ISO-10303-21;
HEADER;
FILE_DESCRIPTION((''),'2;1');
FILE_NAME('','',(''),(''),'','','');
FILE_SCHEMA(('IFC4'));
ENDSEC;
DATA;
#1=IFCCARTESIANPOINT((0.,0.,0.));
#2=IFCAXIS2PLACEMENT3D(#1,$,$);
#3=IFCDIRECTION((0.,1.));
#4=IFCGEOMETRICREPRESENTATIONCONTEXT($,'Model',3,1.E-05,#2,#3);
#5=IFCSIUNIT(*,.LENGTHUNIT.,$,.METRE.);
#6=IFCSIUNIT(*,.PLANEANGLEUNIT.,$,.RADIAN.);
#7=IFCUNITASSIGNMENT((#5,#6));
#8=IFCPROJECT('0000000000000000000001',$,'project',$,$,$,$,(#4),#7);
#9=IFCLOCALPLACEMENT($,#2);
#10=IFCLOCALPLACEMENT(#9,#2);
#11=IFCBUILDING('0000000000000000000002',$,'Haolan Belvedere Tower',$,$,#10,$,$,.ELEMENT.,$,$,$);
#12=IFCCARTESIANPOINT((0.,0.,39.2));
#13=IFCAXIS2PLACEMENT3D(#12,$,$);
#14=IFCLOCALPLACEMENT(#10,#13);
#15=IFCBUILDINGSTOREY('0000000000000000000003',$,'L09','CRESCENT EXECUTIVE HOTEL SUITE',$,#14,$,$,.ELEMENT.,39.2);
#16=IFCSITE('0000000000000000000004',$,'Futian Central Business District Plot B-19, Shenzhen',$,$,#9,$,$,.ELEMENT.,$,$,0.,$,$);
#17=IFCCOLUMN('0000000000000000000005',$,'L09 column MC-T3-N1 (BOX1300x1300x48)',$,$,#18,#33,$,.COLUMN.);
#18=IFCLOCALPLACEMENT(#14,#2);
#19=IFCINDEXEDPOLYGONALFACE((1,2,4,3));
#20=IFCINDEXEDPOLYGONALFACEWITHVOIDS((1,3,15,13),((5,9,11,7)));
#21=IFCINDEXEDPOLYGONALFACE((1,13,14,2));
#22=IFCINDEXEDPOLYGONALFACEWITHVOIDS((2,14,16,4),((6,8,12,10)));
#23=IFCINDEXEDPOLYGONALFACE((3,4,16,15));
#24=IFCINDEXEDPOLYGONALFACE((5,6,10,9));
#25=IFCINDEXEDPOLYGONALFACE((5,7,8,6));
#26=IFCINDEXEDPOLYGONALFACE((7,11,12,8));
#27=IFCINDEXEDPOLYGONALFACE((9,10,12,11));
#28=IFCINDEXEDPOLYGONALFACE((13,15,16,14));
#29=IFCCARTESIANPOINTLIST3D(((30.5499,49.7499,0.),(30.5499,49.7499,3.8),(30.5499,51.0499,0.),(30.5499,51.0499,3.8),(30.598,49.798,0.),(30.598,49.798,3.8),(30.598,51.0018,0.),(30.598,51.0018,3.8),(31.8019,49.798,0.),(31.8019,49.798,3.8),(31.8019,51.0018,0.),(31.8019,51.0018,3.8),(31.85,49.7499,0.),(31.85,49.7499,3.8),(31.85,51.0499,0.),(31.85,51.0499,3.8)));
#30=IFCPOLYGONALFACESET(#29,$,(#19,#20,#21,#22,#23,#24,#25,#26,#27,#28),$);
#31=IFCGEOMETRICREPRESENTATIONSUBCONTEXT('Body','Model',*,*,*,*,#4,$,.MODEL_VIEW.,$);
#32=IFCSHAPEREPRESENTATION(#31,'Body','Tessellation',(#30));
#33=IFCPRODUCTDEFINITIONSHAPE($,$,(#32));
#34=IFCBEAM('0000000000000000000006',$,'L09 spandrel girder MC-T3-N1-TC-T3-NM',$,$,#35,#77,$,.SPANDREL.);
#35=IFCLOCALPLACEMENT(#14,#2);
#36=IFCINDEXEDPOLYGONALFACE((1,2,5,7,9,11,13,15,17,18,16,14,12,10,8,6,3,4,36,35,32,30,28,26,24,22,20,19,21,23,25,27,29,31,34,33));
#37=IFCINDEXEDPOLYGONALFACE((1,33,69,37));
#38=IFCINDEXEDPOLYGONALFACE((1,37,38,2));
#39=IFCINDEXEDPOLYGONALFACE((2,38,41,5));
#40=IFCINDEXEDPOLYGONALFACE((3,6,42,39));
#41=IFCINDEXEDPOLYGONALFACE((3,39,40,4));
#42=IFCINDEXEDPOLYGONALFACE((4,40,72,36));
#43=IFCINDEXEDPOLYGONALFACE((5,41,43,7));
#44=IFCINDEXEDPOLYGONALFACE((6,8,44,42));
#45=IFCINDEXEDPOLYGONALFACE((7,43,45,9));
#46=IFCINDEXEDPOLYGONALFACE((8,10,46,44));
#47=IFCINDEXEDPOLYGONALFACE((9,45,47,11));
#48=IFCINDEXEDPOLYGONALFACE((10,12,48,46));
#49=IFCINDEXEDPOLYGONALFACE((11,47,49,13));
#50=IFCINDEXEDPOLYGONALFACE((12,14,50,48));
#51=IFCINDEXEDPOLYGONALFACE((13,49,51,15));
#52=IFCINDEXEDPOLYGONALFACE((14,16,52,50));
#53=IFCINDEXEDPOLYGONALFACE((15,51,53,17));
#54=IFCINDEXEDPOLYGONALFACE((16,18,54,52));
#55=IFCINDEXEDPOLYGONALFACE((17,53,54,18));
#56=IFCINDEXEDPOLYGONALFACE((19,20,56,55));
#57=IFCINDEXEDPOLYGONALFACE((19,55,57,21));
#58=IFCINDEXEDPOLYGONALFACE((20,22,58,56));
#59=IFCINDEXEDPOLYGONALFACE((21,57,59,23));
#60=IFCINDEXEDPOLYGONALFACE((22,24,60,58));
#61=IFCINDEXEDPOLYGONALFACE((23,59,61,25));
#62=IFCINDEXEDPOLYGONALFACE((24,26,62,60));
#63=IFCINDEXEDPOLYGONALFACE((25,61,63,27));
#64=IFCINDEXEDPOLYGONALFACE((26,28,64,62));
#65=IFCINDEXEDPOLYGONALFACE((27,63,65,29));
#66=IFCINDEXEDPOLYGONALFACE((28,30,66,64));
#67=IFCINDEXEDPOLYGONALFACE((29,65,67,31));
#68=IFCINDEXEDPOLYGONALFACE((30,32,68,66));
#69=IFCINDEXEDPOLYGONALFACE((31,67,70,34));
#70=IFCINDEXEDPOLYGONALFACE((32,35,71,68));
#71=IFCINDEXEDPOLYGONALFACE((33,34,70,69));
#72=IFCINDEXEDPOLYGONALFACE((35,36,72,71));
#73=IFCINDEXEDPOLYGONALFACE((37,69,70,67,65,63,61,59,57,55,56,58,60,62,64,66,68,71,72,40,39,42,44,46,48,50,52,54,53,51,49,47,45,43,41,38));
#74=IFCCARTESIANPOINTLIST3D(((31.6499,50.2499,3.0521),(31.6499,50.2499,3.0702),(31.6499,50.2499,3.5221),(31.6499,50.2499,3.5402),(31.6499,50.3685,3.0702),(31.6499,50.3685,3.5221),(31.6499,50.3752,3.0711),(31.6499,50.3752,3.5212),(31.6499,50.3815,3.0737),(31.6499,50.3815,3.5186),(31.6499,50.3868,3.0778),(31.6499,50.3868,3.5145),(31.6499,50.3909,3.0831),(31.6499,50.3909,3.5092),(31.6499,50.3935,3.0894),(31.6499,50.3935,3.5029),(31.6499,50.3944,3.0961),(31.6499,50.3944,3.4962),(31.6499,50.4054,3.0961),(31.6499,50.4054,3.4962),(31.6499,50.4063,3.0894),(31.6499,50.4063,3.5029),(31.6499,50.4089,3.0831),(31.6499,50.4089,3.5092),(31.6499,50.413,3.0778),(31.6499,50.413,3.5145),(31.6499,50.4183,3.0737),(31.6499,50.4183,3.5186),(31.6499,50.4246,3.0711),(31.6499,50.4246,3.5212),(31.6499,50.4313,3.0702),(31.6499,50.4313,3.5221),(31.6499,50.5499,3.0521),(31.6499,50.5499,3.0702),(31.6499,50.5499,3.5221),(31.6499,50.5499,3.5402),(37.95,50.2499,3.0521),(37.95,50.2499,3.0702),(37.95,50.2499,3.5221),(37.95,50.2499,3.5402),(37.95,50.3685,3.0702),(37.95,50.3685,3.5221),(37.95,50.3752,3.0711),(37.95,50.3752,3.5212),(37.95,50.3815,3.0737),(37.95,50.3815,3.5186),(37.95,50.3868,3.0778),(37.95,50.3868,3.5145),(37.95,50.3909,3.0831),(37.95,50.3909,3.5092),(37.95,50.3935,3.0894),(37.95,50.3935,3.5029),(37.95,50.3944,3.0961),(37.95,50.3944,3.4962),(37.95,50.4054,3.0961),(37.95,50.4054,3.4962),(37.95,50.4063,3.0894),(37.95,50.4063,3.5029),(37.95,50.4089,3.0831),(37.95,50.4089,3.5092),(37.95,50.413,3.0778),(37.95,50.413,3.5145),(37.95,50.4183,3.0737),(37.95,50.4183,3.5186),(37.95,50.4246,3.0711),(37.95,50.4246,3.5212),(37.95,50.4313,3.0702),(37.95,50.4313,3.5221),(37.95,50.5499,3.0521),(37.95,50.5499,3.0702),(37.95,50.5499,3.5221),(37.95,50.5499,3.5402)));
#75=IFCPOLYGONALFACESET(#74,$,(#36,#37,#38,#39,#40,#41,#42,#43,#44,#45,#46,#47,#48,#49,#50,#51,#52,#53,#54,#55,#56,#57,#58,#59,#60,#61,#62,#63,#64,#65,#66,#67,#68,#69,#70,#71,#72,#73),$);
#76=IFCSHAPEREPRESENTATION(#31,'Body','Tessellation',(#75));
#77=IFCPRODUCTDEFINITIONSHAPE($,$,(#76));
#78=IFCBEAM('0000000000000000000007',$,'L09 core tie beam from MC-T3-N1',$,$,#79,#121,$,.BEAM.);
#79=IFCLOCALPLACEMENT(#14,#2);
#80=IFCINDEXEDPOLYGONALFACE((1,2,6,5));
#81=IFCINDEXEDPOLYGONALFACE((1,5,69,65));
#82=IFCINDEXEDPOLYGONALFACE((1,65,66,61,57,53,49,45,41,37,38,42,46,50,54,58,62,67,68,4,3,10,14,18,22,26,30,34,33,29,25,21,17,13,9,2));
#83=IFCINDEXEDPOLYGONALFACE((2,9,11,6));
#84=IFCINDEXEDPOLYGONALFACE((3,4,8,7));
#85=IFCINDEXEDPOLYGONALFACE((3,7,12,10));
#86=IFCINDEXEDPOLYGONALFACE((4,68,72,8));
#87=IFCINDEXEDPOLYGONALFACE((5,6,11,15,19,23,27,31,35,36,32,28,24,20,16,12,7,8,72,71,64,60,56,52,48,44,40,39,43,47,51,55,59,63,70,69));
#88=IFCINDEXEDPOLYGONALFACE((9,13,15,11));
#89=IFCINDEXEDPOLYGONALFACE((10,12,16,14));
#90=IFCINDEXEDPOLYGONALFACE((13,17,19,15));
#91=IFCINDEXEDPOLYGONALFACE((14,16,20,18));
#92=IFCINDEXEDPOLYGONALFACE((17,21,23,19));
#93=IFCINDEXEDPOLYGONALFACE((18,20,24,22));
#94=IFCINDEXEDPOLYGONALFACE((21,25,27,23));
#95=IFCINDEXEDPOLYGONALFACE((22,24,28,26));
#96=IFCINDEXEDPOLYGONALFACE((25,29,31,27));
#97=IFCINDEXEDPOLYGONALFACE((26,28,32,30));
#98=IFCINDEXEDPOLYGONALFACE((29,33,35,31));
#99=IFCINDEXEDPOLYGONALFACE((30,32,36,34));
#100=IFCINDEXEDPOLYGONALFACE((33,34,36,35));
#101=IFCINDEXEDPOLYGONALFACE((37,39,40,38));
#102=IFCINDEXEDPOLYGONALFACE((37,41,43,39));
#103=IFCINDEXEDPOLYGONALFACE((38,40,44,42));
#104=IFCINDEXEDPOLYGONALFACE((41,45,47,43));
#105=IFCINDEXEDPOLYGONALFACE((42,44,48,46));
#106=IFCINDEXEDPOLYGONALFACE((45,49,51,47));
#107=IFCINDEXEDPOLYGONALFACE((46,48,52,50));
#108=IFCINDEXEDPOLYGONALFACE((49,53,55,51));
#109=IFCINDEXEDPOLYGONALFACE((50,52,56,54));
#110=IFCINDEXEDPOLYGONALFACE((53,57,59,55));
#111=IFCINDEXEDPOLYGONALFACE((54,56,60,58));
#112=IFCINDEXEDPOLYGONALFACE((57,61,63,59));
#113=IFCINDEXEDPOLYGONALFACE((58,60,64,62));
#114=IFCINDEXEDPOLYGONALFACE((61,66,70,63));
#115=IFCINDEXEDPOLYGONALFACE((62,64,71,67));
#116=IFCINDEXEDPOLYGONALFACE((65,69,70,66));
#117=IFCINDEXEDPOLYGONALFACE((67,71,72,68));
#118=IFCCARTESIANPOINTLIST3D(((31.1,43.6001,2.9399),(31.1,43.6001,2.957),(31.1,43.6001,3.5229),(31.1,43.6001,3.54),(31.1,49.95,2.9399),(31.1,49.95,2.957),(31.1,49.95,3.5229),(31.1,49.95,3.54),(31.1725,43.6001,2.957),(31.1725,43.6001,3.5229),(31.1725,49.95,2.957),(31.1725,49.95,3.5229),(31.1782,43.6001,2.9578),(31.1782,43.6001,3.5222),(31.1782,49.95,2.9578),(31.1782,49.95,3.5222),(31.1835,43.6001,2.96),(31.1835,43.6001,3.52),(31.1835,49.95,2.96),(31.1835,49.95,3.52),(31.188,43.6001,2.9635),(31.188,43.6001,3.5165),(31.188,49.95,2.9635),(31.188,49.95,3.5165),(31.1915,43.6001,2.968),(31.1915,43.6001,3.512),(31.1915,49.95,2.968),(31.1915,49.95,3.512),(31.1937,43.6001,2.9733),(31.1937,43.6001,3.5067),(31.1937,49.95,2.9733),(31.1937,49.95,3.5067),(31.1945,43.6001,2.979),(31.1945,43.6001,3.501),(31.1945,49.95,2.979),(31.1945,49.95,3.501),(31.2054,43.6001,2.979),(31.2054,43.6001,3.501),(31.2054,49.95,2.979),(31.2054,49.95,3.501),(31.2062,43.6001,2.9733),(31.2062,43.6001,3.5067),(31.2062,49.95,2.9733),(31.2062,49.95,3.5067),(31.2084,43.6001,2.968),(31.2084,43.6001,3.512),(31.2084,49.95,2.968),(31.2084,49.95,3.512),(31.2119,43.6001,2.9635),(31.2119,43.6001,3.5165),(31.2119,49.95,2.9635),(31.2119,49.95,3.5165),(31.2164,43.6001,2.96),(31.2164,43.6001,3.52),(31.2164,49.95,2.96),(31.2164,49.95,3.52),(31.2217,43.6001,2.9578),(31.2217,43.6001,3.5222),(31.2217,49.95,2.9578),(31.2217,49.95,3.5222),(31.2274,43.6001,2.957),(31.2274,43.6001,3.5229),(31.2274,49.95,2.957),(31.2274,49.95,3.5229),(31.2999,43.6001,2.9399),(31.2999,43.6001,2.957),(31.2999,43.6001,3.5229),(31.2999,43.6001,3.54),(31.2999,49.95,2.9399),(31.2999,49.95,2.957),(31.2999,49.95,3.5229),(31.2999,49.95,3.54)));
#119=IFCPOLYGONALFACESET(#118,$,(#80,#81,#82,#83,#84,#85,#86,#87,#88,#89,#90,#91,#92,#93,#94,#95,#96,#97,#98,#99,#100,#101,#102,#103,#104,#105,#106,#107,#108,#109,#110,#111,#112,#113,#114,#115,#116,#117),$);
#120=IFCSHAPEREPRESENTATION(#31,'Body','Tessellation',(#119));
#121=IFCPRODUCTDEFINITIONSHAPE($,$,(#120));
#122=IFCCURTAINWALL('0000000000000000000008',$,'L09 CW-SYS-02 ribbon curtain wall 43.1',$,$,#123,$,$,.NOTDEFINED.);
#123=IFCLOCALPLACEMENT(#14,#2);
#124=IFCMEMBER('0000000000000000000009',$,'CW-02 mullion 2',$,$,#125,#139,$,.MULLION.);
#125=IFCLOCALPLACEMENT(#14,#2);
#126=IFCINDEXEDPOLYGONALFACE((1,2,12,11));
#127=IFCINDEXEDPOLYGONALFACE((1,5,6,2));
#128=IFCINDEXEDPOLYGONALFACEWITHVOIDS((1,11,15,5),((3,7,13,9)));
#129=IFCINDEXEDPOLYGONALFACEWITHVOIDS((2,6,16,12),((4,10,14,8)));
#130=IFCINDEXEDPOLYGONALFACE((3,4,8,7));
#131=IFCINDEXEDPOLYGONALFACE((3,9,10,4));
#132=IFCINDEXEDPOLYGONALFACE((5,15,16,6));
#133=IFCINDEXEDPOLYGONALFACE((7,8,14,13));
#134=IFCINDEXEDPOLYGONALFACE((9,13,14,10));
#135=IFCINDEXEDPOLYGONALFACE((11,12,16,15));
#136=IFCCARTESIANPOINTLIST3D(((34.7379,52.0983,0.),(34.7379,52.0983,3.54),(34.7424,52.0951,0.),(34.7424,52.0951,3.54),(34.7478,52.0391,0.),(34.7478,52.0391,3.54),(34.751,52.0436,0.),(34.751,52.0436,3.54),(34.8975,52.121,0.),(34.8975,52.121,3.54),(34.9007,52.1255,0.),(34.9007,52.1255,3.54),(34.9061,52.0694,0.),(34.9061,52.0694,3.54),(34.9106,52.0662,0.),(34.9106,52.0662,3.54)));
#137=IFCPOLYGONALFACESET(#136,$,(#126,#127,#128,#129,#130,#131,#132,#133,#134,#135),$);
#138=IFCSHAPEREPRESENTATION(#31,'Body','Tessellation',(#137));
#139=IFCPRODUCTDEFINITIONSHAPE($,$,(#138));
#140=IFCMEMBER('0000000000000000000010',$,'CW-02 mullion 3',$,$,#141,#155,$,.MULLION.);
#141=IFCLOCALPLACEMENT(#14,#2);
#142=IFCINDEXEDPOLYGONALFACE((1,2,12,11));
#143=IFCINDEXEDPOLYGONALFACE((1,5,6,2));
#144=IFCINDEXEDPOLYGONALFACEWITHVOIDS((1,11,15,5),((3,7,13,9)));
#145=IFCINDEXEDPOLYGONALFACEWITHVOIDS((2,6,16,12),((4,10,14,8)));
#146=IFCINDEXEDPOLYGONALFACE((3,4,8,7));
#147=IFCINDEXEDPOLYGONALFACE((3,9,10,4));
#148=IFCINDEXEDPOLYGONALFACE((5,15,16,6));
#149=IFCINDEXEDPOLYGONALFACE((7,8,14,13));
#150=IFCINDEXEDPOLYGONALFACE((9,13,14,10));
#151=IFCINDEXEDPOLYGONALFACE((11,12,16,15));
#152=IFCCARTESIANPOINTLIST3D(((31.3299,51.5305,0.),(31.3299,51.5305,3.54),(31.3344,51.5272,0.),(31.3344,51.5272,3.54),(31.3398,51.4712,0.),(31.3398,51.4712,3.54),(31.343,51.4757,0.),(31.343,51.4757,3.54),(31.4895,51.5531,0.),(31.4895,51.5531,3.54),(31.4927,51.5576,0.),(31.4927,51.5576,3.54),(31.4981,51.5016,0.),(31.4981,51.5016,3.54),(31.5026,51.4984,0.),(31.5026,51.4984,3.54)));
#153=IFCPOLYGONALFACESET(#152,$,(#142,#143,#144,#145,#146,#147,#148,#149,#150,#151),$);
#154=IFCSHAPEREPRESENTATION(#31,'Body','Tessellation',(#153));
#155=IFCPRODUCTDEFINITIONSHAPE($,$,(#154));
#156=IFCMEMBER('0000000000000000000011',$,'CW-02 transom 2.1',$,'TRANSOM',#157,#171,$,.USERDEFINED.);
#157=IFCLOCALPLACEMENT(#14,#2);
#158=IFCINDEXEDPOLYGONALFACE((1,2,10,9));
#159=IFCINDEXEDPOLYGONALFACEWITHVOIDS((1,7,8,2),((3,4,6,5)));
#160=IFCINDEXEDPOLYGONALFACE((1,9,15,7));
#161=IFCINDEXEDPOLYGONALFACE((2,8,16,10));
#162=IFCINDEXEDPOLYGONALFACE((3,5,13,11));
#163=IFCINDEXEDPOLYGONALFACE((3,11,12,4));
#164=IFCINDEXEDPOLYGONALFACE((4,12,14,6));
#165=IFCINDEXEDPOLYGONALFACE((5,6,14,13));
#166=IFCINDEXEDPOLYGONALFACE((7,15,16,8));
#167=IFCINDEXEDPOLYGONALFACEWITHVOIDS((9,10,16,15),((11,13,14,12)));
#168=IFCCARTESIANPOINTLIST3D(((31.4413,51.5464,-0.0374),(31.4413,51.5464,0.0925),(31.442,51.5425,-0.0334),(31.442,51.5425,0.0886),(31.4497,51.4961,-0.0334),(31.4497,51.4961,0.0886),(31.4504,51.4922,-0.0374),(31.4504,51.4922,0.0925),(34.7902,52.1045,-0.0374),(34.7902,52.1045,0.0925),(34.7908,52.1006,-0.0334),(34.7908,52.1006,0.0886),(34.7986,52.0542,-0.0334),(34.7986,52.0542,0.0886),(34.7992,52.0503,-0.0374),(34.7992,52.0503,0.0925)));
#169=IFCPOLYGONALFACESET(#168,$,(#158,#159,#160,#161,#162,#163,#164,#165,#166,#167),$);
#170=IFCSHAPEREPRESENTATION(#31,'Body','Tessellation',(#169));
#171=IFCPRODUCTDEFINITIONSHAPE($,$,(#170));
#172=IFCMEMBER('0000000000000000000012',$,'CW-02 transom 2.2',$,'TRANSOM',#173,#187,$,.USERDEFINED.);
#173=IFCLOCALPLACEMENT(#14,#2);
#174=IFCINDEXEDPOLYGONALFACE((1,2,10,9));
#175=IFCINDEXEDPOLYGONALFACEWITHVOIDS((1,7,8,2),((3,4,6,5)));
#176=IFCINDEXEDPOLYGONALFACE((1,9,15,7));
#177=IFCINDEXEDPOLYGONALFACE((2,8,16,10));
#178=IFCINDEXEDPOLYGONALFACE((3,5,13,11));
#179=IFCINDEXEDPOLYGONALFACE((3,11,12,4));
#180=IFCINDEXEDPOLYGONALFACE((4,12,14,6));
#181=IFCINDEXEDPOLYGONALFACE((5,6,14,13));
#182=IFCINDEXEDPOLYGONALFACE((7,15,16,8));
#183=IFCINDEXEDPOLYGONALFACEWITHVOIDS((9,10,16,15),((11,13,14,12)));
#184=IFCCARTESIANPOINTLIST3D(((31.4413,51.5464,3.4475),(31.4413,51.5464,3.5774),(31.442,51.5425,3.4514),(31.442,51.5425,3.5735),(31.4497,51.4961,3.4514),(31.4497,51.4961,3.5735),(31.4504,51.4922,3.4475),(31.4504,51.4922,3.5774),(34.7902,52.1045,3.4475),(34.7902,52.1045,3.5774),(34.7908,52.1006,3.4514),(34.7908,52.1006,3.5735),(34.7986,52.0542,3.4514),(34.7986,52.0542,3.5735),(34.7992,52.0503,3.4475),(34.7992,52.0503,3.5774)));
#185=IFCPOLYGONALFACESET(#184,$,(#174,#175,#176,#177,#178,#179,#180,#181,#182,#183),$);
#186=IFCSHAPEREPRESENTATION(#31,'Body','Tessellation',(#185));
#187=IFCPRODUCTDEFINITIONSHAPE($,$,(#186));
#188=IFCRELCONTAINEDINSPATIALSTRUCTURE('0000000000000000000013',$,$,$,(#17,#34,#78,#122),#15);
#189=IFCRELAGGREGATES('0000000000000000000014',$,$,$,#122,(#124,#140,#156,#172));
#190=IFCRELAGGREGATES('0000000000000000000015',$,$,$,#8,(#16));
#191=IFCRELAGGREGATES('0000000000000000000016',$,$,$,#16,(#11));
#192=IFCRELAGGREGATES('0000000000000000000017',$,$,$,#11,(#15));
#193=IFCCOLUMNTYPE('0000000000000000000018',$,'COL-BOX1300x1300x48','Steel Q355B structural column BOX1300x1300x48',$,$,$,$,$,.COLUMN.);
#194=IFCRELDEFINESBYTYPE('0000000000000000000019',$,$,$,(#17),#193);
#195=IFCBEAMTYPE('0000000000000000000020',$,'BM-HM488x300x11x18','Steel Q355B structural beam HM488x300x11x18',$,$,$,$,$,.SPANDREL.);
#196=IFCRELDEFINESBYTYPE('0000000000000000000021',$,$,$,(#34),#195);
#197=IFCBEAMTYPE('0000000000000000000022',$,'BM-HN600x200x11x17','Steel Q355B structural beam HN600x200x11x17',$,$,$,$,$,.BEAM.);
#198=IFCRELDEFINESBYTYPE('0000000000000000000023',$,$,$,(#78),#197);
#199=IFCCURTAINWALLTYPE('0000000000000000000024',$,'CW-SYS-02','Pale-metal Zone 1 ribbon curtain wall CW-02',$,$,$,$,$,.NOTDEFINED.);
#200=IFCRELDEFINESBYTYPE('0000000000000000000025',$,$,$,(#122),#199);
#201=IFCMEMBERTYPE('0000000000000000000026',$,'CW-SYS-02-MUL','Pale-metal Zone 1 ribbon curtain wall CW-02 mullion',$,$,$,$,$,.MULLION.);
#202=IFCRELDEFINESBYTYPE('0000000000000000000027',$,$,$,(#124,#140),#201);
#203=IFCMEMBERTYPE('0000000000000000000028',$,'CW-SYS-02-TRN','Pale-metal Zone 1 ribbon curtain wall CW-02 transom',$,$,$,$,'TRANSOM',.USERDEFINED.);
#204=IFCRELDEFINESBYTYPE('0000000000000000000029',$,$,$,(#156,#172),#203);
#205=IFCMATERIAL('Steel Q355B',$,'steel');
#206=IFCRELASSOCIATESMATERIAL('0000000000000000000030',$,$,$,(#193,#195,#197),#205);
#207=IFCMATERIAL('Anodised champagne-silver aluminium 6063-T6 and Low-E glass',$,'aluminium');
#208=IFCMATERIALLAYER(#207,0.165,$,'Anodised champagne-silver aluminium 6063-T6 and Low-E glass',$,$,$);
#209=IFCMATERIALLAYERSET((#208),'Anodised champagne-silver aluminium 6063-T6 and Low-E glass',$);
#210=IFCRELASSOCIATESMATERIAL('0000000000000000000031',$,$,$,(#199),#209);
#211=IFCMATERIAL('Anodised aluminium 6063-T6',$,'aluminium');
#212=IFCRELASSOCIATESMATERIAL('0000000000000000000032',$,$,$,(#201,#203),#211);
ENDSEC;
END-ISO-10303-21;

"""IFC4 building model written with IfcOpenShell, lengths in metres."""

from ifc_helpers import new_model, si_unit, direction, frame, origin, origin_2d, place, context, subcontext, project, spatial, hollow_rectangle, i_section, extrude, material, layer, layer_set, material_profile, profile_set, type_object, element, aggregate, save


model = new_model("IFC4")

# Units and contexts
model_context = context("Model", 3, precision=1e-05, world=origin(), true_north=direction((0.0, 1.0)))
body_context = subcontext(model_context, "Body", "Model", "MODEL_VIEW")
ifc_project = project(units=[si_unit("LENGTHUNIT", "METRE"), si_unit("PLANEANGLEUNIT", "RADIAN")], contexts=[model_context])

# Site, building, storey
site_placement = place(None, origin())
site = spatial("IfcSite", under=ifc_project, at=site_placement, Name="Futian Central Business District Plot B-19, Shenzhen", CompositionType="ELEMENT", RefElevation=0.0)
building_placement = place(site_placement, origin())
building = spatial("IfcBuilding", under=site, at=building_placement, Name="Haolan Belvedere Tower", CompositionType="ELEMENT")
storey_placement = place(building_placement, frame((0.0, 0.0, 39.2)))
storey = spatial("IfcBuildingStorey", under=building, at=storey_placement, Name="L09", Description="CRESCENT EXECUTIVE HOTEL SUITE", CompositionType="ELEMENT", Elevation=39.2)

# Column
ifc_material_1 = material(Name="Steel Q355B", Category="steel")
ifc_material_profile_1 = material_profile(ifc_material_1, hollow_rectangle(XDim=1.3, YDim=1.3, WallThickness=0.0481, at=origin_2d()), Name="Steel Q355B")
ifc_profile_set_1 = profile_set([ifc_material_profile_1], Name="Steel Q355B")
column_type = type_object("IfcColumnType", Name="COL-BOX1300x1300x48", Description="Steel Q355B structural column BOX1300x1300x48", PredefinedType="COLUMN", material=ifc_profile_set_1)
column_placement = place(storey_placement, frame((31.2, 50.3999, 0.0), z_axis=(0.0, 0.0, 1.0), x_axis=(1.0, 0.0, 0.0)))
element("IfcColumn", 1, at=column_placement, inside=storey, type_object=column_type, Name="L09 column MC-T3-N1 (BOX1300x1300x48)", PredefinedType="COLUMN", context=body_context, shape_type="SweptSolid", body=[
    extrude(hollow_rectangle(XDim=1.3, YDim=1.3, WallThickness=0.0481, at=origin_2d()), origin(), (0.0, 0.0, 1.0), 3.8),
])

# Beams
ifc_material_profile_2 = material_profile(ifc_material_1, i_section(OverallWidth=0.3, OverallDepth=0.488, WebThickness=0.011, FlangeThickness=0.0181, FilletRadius=0.0259, at=origin_2d()), Name="Steel Q355B")
ifc_profile_set_2 = profile_set([ifc_material_profile_2], Name="Steel Q355B")
beam_type_1 = type_object("IfcBeamType", Name="BM-HM488x300x11x18", Description="Steel Q355B structural beam HM488x300x11x18", PredefinedType="SPANDREL", material=ifc_profile_set_2)
beam_1_placement = place(storey_placement, frame((31.6499, 50.3999, 3.2961), z_axis=(1.0, 0.0, 0.0), x_axis=(0.0, 1.0, 0.0)))
element("IfcBeam", 2, at=beam_1_placement, inside=storey, type_object=beam_type_1, Name="L09 spandrel girder MC-T3-N1-TC-T3-NM", PredefinedType="SPANDREL", context=body_context, shape_type="SweptSolid", body=[
    extrude(i_section(OverallWidth=0.3, OverallDepth=0.488, WebThickness=0.011, FlangeThickness=0.0181, FilletRadius=0.0259, at=origin_2d()), origin(), (0.0, 0.0, 1.0), 6.3),
])
ifc_material_profile_3 = material_profile(ifc_material_1, i_section(OverallWidth=0.2, OverallDepth=0.6001, WebThickness=0.011, FlangeThickness=0.0171, FilletRadius=0.022, at=origin_2d()), Name="Steel Q355B")
ifc_profile_set_3 = profile_set([ifc_material_profile_3], Name="Steel Q355B")
beam_type_2 = type_object("IfcBeamType", Name="BM-HN600x200x11x17", Description="Steel Q355B structural beam HN600x200x11x17", PredefinedType="BEAM", material=ifc_profile_set_3)
beam_2_placement = place(storey_placement, frame((31.2, 49.95, 3.24), z_axis=(0.0, -1.0, 0.0), x_axis=(1.0, 0.0, 0.0)))
element("IfcBeam", 3, at=beam_2_placement, inside=storey, type_object=beam_type_2, Name="L09 core tie beam from MC-T3-N1", PredefinedType="BEAM", context=body_context, shape_type="SweptSolid", body=[
    extrude(i_section(OverallWidth=0.2, OverallDepth=0.6001, WebThickness=0.011, FlangeThickness=0.0171, FilletRadius=0.022, at=origin_2d()), origin(), (0.0, 0.0, 1.0), 6.3499),
])

# Curtain wall, members
ifc_material_2 = material(Name="Anodised champagne-silver aluminium 6063-T6 and Low-E glass", Category="aluminium")
ifc_layer_1 = layer(ifc_material_2, 0.165, Name="Anodised champagne-silver aluminium 6063-T6 and Low-E glass")
ifc_layer_set_1 = layer_set([ifc_layer_1], Name="Anodised champagne-silver aluminium 6063-T6 and Low-E glass")
curtain_wall_type = type_object("IfcCurtainWallType", Name="CW-SYS-02", Description="Pale-metal Zone 1 ribbon curtain wall CW-02", PredefinedType="NOTDEFINED", material=ifc_layer_set_1)
curtain_wall_placement = place(storey_placement, origin())
curtain_wall = element("IfcCurtainWall", 4, at=curtain_wall_placement, inside=storey, type_object=curtain_wall_type, Name="L09 CW-SYS-02 ribbon curtain wall 43.1", PredefinedType="NOTDEFINED")
ifc_material_3 = material(Name="Anodised aluminium 6063-T6", Category="aluminium")
ifc_material_profile_4 = material_profile(ifc_material_3, hollow_rectangle(XDim=0.0601, YDim=0.165, WallThickness=0.0039, at=origin_2d()), Name="Anodised aluminium 6063-T6")
ifc_profile_set_4 = profile_set([ifc_material_profile_4], Name="Anodised aluminium 6063-T6")
member_type_1 = type_object("IfcMemberType", Name="CW-SYS-02-MUL", Description="Pale-metal Zone 1 ribbon curtain wall CW-02 mullion", PredefinedType="MULLION", material=ifc_profile_set_4)
member_1_placement = place(storey_placement, frame((34.8242, 52.0823, 0.0), z_axis=(0.0, 0.0, 1.0), x_axis=(0.164404, -0.986393, 0.0)))
member_1 = element("IfcMember", 5, at=member_1_placement, type_object=member_type_1, Name="CW-02 mullion 2", PredefinedType="MULLION", context=body_context, shape_type="SweptSolid", body=[
    extrude(hollow_rectangle(XDim=0.0601, YDim=0.165, WallThickness=0.0039, at=origin_2d()), origin(), (0.0, 0.0, 1.0), 3.54),
])
member_2_placement = place(storey_placement, frame((31.4163, 51.5144, 0.0), z_axis=(0.0, 0.0, 1.0), x_axis=(0.164404, -0.986393, 0.0)))
member_2 = element("IfcMember", 6, at=member_2_placement, type_object=member_type_1, Name="CW-02 mullion 3", PredefinedType="MULLION", context=body_context, shape_type="SweptSolid", body=[
    extrude(hollow_rectangle(XDim=0.0601, YDim=0.165, WallThickness=0.0039, at=origin_2d()), origin(), (0.0, 0.0, 1.0), 3.54),
])
ifc_material_profile_5 = material_profile(ifc_material_3, hollow_rectangle(XDim=0.0549, YDim=0.1299, WallThickness=0.0039, at=origin_2d()), Name="Anodised aluminium 6063-T6")
ifc_profile_set_5 = profile_set([ifc_material_profile_5], Name="Anodised aluminium 6063-T6")
member_type_2 = type_object("IfcMemberType", Name="CW-SYS-02-TRN", Description="Pale-metal Zone 1 ribbon curtain wall CW-02 transom", ElementType="TRANSOM", PredefinedType="USERDEFINED", material=ifc_profile_set_5)
member_3_placement = place(storey_placement, frame((34.7947, 52.0774, 0.0276), z_axis=(-0.986396, -0.164387, 0.0), x_axis=(0.164387, -0.986396, 0.0)))
member_3 = element("IfcMember", 7, at=member_3_placement, type_object=member_type_2, Name="CW-02 transom 2.1", ObjectType="TRANSOM", PredefinedType="USERDEFINED", context=body_context, shape_type="SweptSolid", body=[
    extrude(hollow_rectangle(XDim=0.0549, YDim=0.1299, WallThickness=0.0039, at=origin_2d()), origin(), (0.0, 0.0, 1.0), 3.395),
])
member_4_placement = place(storey_placement, frame((34.7947, 52.0774, 3.5125), z_axis=(-0.986396, -0.164387, 0.0), x_axis=(0.164387, -0.986396, 0.0)))
member_4 = element("IfcMember", 8, at=member_4_placement, type_object=member_type_2, Name="CW-02 transom 2.2", ObjectType="TRANSOM", PredefinedType="USERDEFINED", context=body_context, shape_type="SweptSolid", body=[
    extrude(hollow_rectangle(XDim=0.0549, YDim=0.1299, WallThickness=0.0039, at=origin_2d()), origin(), (0.0, 0.0, 1.0), 3.395),
])
aggregate(curtain_wall, [member_1, member_2, member_3, member_4])

save(model, "model.ifc")
